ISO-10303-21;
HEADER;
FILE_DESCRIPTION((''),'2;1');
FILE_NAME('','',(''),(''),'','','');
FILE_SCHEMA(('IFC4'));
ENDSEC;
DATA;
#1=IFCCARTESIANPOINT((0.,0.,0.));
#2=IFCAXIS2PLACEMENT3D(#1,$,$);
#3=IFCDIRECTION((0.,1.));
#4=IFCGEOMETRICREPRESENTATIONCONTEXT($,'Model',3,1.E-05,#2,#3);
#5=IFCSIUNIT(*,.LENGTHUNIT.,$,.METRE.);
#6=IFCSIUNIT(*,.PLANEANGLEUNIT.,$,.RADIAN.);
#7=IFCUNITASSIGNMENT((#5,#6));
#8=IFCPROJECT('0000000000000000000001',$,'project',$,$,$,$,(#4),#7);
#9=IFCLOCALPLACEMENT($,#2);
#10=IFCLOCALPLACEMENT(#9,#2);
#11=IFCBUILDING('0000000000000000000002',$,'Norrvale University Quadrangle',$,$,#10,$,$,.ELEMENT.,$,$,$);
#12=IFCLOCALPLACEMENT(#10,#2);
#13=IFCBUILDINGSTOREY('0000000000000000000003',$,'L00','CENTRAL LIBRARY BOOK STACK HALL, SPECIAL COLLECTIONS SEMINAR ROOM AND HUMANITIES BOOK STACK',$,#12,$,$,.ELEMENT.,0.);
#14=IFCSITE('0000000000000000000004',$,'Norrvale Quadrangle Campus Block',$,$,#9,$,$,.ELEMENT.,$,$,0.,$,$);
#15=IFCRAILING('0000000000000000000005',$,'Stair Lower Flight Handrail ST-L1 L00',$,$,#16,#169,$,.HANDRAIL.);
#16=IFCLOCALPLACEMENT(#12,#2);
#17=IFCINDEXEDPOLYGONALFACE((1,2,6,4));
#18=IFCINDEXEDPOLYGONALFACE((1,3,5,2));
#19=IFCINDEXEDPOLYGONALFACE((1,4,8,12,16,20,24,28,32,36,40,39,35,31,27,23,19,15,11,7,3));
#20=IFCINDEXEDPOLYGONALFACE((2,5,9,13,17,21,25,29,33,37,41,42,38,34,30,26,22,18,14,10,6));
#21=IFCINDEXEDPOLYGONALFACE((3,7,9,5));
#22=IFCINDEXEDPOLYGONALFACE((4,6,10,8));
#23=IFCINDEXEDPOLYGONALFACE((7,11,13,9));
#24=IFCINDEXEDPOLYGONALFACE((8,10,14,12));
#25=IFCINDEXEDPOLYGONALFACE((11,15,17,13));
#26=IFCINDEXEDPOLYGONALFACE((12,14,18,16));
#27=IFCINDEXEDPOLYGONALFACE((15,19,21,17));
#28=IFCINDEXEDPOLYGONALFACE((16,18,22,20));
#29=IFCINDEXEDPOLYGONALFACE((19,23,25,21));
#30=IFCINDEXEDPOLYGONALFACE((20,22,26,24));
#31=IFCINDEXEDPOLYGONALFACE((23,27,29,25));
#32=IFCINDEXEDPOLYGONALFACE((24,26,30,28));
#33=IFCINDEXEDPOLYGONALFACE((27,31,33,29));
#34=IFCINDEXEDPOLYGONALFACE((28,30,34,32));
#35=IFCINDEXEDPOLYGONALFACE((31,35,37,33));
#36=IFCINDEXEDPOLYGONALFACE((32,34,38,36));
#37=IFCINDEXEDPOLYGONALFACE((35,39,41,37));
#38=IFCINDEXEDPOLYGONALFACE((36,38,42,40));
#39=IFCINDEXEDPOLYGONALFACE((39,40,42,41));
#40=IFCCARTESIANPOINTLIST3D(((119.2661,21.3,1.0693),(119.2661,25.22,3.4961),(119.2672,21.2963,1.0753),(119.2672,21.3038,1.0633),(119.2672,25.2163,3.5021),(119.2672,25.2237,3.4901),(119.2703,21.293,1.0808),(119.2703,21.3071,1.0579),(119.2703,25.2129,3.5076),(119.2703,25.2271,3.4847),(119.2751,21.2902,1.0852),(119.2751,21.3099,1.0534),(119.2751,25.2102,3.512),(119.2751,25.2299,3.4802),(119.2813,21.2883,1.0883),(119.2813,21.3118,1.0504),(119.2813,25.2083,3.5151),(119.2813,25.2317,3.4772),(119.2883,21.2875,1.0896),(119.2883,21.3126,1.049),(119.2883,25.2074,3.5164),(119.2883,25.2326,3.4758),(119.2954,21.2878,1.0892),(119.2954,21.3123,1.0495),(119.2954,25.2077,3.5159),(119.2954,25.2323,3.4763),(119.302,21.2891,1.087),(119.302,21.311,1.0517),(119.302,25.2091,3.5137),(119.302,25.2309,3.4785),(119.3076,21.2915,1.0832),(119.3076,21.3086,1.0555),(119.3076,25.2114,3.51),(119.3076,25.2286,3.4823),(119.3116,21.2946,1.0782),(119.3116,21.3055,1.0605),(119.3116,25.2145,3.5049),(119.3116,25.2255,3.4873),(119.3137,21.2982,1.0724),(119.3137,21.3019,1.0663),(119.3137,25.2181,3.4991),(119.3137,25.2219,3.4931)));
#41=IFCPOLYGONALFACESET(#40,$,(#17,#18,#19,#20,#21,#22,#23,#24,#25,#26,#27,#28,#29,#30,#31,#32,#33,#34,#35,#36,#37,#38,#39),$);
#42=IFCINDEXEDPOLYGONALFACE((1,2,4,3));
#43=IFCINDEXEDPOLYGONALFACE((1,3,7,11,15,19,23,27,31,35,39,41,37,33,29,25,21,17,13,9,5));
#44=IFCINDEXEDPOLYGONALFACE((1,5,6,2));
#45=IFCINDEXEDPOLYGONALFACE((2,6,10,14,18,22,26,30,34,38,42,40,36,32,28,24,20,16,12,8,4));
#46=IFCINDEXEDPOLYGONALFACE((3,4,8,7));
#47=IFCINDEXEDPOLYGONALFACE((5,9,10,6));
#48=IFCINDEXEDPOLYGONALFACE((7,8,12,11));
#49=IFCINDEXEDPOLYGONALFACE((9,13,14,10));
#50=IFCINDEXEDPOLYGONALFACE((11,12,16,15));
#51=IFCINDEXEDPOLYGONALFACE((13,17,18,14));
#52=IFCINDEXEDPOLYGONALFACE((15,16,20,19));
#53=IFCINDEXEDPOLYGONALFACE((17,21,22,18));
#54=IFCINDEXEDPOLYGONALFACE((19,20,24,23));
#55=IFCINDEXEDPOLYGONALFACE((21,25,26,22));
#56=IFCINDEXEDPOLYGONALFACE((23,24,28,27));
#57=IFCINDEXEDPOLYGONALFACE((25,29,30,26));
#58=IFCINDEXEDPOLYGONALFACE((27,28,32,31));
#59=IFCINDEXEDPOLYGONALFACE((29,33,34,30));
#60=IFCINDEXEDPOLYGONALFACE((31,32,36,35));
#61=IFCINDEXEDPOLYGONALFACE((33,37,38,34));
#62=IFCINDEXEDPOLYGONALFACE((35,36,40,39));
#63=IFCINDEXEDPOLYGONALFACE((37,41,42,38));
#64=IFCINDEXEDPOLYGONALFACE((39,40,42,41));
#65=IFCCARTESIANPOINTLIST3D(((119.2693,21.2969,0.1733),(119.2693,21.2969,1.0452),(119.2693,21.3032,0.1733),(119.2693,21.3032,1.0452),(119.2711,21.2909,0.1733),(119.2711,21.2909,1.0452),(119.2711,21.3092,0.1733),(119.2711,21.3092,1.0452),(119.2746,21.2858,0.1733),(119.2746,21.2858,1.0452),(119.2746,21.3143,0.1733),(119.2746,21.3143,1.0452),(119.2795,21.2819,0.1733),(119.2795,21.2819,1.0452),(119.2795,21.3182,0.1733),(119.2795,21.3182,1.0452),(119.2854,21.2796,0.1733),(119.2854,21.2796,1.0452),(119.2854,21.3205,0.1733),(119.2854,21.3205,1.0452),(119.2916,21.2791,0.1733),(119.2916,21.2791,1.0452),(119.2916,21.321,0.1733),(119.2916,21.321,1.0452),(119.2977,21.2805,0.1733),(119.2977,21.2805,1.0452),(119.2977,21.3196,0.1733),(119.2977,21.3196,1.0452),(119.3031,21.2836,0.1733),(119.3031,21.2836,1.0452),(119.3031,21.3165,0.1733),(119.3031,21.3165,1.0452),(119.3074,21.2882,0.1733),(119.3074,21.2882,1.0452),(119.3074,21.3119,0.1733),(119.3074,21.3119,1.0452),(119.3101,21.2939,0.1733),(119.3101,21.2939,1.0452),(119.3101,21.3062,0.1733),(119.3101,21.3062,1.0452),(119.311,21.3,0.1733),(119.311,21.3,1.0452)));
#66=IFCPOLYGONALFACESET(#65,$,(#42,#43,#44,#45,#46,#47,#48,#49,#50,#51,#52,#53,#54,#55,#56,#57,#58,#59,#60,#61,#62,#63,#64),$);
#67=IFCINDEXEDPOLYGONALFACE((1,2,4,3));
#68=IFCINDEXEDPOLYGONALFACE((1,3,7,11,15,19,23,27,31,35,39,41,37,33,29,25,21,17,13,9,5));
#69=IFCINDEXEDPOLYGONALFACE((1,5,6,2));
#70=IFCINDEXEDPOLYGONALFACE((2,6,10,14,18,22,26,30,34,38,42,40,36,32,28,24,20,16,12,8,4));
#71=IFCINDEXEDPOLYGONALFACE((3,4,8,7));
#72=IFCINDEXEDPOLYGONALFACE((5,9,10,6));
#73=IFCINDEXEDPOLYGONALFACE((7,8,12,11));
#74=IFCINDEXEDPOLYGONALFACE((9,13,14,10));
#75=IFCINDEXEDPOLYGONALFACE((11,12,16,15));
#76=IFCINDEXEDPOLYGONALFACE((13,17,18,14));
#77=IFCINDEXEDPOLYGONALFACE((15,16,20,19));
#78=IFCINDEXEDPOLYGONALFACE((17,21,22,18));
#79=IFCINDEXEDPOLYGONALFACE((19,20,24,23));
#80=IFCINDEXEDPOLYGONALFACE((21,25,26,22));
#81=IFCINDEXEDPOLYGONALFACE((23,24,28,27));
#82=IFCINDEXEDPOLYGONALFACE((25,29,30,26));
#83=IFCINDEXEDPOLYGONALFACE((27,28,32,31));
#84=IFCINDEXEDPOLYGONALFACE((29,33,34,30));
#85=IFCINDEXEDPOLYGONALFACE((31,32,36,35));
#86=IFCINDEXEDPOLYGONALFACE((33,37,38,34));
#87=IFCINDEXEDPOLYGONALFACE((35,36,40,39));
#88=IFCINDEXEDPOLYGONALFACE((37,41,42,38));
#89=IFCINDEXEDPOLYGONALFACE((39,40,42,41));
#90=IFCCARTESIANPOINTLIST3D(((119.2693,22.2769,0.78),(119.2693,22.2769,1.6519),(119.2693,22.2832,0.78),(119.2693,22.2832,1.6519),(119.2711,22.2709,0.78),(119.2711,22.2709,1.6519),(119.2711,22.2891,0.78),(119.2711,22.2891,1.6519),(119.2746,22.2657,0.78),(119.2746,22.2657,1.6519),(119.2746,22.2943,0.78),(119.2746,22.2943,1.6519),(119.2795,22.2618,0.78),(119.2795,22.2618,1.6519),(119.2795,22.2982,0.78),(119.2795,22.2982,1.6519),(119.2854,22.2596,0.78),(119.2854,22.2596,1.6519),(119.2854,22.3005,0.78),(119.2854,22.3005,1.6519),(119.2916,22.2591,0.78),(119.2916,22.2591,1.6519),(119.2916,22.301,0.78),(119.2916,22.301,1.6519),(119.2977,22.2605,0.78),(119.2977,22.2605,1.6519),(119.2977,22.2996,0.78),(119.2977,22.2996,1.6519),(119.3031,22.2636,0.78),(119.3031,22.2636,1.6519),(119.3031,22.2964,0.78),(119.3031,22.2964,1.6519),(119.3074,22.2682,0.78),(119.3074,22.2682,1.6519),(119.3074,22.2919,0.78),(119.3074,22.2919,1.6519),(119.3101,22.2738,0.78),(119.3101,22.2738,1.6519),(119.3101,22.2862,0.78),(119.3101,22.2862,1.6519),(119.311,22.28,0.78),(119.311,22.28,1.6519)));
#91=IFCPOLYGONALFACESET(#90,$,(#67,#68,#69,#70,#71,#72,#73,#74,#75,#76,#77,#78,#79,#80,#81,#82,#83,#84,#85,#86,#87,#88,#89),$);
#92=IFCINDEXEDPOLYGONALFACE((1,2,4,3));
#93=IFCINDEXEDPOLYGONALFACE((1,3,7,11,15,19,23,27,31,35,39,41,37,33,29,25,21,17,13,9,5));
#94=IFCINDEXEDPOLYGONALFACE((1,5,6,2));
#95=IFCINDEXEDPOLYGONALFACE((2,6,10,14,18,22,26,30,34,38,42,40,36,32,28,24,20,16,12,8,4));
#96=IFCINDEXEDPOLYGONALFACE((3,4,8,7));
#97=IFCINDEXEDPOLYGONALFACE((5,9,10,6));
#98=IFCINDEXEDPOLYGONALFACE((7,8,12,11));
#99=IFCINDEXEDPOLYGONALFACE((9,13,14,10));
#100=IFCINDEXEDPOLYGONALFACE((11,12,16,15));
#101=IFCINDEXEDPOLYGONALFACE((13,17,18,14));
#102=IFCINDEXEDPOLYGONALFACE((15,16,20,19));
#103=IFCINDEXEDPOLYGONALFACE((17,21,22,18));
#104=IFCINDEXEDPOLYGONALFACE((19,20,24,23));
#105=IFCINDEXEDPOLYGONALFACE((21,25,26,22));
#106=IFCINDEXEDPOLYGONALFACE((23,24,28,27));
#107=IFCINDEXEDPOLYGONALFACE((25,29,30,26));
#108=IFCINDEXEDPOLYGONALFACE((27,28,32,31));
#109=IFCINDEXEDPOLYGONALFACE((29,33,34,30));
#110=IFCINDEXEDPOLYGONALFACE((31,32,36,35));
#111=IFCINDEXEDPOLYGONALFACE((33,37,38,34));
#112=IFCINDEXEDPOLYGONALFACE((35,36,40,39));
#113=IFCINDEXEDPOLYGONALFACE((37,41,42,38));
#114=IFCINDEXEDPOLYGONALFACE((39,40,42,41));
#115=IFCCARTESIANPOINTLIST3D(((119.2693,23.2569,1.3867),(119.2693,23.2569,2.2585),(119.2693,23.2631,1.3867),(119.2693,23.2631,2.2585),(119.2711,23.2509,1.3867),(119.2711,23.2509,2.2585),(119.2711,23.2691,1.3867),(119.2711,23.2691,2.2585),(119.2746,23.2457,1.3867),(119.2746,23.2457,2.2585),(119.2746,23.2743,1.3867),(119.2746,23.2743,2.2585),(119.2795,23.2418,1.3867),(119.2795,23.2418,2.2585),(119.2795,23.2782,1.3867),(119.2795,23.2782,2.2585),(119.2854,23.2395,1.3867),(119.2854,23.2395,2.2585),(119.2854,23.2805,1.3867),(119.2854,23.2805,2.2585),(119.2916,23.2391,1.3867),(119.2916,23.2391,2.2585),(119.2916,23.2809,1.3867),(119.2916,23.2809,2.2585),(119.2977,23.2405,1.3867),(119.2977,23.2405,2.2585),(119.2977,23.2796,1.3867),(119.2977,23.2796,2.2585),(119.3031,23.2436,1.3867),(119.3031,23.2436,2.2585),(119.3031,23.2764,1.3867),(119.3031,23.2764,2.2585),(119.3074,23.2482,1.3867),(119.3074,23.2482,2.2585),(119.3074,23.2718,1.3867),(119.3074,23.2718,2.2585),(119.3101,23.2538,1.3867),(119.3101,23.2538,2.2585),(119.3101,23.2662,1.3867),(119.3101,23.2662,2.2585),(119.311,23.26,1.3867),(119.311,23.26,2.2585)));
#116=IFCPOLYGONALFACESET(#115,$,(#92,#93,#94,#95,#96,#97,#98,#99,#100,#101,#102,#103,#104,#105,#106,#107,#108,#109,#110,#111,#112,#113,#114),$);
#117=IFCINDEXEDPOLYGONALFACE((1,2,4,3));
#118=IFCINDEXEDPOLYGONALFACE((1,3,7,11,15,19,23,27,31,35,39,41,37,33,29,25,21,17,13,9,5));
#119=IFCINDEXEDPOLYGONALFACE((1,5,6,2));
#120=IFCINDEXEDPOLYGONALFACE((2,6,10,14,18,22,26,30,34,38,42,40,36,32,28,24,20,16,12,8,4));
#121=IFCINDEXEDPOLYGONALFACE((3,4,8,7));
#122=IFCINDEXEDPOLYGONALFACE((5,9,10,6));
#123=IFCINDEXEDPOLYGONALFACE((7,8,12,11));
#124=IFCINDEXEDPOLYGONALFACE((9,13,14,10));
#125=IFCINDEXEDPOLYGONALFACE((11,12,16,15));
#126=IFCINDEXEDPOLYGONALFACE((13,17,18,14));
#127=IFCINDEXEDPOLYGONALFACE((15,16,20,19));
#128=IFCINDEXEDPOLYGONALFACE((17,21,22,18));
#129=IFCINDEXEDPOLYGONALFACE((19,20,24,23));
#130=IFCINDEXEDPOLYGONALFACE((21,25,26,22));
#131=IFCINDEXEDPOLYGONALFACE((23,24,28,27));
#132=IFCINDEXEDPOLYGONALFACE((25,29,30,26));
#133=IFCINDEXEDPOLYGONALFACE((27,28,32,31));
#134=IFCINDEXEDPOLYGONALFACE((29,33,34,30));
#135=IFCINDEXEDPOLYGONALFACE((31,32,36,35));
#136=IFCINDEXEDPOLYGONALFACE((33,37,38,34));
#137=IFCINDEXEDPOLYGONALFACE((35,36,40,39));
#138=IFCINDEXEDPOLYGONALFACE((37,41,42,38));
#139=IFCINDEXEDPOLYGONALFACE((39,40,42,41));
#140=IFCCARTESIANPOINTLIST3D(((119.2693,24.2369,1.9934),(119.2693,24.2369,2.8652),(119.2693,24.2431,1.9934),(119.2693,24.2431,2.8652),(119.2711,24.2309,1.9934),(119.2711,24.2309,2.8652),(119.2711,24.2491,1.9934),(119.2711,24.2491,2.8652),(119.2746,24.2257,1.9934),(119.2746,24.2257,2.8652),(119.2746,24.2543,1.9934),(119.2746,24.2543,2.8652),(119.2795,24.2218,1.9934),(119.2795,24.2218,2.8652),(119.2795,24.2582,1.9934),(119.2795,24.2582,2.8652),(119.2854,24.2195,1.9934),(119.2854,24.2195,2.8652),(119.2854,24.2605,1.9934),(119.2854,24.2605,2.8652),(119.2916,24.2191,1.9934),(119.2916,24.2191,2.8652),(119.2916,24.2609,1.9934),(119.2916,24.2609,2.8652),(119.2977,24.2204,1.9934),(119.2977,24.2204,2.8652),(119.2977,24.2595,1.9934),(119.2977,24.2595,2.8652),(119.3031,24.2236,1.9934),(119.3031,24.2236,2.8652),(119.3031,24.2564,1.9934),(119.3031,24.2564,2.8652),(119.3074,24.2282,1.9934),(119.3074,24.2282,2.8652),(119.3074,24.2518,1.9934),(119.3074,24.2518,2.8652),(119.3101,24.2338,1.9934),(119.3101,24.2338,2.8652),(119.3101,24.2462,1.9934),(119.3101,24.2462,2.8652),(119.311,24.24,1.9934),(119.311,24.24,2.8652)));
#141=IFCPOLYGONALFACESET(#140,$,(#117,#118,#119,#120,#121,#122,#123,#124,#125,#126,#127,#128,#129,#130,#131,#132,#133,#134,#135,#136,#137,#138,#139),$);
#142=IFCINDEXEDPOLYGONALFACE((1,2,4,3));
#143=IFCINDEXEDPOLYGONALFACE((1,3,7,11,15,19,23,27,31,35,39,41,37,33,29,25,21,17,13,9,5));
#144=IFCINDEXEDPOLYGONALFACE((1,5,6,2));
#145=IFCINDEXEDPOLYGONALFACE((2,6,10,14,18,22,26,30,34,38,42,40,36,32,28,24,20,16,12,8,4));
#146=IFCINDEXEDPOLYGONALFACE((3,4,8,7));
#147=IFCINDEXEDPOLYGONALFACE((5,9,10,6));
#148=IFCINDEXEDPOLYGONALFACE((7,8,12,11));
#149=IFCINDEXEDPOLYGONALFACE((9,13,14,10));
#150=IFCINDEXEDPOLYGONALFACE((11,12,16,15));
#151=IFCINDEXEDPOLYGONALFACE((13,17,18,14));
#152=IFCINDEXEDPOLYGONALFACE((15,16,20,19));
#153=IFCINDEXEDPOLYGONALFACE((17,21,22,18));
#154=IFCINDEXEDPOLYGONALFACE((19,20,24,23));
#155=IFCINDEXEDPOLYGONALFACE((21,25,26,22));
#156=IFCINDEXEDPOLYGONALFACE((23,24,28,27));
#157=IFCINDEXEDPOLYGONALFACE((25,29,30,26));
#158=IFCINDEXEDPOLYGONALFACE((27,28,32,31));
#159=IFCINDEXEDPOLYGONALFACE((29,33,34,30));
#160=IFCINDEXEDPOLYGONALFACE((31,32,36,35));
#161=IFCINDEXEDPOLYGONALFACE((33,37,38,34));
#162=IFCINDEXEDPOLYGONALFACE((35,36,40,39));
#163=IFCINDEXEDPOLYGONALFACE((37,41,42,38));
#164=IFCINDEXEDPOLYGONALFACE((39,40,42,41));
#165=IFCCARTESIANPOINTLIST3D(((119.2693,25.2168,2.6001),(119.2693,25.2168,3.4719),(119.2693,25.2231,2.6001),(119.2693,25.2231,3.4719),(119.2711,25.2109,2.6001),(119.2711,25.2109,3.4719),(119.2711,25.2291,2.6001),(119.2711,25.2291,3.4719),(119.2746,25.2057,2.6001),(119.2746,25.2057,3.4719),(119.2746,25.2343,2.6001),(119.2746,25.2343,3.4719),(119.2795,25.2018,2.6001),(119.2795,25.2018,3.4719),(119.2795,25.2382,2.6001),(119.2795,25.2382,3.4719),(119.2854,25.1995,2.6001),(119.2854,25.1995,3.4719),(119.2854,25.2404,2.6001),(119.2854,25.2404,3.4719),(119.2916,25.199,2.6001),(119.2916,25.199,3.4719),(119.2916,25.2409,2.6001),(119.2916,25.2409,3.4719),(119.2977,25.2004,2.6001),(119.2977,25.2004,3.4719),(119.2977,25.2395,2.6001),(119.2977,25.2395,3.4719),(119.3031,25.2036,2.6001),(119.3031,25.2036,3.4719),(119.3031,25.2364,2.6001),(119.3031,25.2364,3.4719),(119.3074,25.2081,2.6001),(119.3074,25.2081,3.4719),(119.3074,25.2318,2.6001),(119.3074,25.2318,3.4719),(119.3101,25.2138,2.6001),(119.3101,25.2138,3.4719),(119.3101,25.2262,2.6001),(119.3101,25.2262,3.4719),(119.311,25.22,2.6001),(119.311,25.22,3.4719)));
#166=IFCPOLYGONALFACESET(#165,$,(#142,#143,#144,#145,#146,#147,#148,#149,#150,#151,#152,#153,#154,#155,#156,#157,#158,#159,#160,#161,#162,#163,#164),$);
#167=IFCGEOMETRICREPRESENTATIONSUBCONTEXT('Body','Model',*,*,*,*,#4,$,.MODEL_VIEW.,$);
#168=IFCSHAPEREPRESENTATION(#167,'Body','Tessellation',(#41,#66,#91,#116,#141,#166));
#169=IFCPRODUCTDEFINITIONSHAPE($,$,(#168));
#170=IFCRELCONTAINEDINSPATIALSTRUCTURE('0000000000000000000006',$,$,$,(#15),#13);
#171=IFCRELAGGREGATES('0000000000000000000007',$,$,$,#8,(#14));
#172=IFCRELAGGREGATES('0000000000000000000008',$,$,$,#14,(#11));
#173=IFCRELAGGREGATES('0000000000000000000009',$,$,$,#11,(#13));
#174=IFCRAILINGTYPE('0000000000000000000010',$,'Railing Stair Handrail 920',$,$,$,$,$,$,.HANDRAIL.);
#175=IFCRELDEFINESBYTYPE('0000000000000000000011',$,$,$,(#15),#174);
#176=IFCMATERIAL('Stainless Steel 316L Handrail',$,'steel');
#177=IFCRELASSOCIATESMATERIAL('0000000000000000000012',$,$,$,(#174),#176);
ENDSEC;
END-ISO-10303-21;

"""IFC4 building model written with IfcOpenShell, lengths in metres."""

from ifc_helpers import new_model, si_unit, direction, frame, origin, origin_2d, place, context, subcontext, project, spatial, circle, extrude, material, type_object, element, save


model = new_model("IFC4")

# Units and contexts
model_context = context("Model", 3, precision=1e-05, world=origin(), true_north=direction((0.0, 1.0)))
body_context = subcontext(model_context, "Body", "Model", "MODEL_VIEW")
ifc_project = project(units=[si_unit("LENGTHUNIT", "METRE"), si_unit("PLANEANGLEUNIT", "RADIAN")], contexts=[model_context])

# Site, building, storey
site_placement = place(None, origin())
site = spatial("IfcSite", under=ifc_project, at=site_placement, Name="Norrvale Quadrangle Campus Block", CompositionType="ELEMENT", RefElevation=0.0)
building_placement = place(site_placement, origin())
building = spatial("IfcBuilding", under=site, at=building_placement, Name="Norrvale University Quadrangle", CompositionType="ELEMENT")
storey_placement = place(building_placement, origin())
storey = spatial("IfcBuildingStorey", under=building, at=storey_placement, Name="L00", Description="CENTRAL LIBRARY BOOK STACK HALL, SPECIAL COLLECTIONS SEMINAR ROOM AND HUMANITIES BOOK STACK", CompositionType="ELEMENT", Elevation=0.0)

# Railing
ifc_material_1 = material(Name="Stainless Steel 316L Handrail", Category="steel")
railing_type_1 = type_object("IfcRailingType", Name="Railing Stair Handrail 920", PredefinedType="HANDRAIL", material=ifc_material_1)
railing_1_placement = place(storey_placement, frame((119.29, 21.3, 0.1733)))
element("IfcRailing", 1, at=railing_1_placement, inside=storey, type_object=railing_type_1, Name="Stair Lower Flight Handrail ST-L1 L00", PredefinedType="HANDRAIL", context=body_context, shape_type="SweptSolid", body=[
    extrude(circle(Radius=0.0239, at=origin_2d()), frame((0.0, 0.0, 0.896), z_axis=(0.0, 0.850252, 0.526376), x_axis=(-1.0, 0.0, 0.0)), (0.0, 0.0, 1.0), 4.6104),
    extrude(circle(Radius=0.021, at=origin_2d()), origin(), (0.0, 0.0, 1.0), 0.8718),
    extrude(circle(Radius=0.021, at=origin_2d()), frame((0.0, 0.98, 0.6067)), (0.0, 0.0, 1.0), 0.8718),
    extrude(circle(Radius=0.021, at=origin_2d()), frame((0.0, 1.96, 1.2134)), (0.0, 0.0, 1.0), 0.8718),
    extrude(circle(Radius=0.021, at=origin_2d()), frame((0.0, 2.9399, 1.8201)), (0.0, 0.0, 1.0), 0.8718),
    extrude(circle(Radius=0.021, at=origin_2d()), frame((0.0, 3.9199, 2.4268)), (0.0, 0.0, 1.0), 0.8718),
])

save(model, "model.ifc")
